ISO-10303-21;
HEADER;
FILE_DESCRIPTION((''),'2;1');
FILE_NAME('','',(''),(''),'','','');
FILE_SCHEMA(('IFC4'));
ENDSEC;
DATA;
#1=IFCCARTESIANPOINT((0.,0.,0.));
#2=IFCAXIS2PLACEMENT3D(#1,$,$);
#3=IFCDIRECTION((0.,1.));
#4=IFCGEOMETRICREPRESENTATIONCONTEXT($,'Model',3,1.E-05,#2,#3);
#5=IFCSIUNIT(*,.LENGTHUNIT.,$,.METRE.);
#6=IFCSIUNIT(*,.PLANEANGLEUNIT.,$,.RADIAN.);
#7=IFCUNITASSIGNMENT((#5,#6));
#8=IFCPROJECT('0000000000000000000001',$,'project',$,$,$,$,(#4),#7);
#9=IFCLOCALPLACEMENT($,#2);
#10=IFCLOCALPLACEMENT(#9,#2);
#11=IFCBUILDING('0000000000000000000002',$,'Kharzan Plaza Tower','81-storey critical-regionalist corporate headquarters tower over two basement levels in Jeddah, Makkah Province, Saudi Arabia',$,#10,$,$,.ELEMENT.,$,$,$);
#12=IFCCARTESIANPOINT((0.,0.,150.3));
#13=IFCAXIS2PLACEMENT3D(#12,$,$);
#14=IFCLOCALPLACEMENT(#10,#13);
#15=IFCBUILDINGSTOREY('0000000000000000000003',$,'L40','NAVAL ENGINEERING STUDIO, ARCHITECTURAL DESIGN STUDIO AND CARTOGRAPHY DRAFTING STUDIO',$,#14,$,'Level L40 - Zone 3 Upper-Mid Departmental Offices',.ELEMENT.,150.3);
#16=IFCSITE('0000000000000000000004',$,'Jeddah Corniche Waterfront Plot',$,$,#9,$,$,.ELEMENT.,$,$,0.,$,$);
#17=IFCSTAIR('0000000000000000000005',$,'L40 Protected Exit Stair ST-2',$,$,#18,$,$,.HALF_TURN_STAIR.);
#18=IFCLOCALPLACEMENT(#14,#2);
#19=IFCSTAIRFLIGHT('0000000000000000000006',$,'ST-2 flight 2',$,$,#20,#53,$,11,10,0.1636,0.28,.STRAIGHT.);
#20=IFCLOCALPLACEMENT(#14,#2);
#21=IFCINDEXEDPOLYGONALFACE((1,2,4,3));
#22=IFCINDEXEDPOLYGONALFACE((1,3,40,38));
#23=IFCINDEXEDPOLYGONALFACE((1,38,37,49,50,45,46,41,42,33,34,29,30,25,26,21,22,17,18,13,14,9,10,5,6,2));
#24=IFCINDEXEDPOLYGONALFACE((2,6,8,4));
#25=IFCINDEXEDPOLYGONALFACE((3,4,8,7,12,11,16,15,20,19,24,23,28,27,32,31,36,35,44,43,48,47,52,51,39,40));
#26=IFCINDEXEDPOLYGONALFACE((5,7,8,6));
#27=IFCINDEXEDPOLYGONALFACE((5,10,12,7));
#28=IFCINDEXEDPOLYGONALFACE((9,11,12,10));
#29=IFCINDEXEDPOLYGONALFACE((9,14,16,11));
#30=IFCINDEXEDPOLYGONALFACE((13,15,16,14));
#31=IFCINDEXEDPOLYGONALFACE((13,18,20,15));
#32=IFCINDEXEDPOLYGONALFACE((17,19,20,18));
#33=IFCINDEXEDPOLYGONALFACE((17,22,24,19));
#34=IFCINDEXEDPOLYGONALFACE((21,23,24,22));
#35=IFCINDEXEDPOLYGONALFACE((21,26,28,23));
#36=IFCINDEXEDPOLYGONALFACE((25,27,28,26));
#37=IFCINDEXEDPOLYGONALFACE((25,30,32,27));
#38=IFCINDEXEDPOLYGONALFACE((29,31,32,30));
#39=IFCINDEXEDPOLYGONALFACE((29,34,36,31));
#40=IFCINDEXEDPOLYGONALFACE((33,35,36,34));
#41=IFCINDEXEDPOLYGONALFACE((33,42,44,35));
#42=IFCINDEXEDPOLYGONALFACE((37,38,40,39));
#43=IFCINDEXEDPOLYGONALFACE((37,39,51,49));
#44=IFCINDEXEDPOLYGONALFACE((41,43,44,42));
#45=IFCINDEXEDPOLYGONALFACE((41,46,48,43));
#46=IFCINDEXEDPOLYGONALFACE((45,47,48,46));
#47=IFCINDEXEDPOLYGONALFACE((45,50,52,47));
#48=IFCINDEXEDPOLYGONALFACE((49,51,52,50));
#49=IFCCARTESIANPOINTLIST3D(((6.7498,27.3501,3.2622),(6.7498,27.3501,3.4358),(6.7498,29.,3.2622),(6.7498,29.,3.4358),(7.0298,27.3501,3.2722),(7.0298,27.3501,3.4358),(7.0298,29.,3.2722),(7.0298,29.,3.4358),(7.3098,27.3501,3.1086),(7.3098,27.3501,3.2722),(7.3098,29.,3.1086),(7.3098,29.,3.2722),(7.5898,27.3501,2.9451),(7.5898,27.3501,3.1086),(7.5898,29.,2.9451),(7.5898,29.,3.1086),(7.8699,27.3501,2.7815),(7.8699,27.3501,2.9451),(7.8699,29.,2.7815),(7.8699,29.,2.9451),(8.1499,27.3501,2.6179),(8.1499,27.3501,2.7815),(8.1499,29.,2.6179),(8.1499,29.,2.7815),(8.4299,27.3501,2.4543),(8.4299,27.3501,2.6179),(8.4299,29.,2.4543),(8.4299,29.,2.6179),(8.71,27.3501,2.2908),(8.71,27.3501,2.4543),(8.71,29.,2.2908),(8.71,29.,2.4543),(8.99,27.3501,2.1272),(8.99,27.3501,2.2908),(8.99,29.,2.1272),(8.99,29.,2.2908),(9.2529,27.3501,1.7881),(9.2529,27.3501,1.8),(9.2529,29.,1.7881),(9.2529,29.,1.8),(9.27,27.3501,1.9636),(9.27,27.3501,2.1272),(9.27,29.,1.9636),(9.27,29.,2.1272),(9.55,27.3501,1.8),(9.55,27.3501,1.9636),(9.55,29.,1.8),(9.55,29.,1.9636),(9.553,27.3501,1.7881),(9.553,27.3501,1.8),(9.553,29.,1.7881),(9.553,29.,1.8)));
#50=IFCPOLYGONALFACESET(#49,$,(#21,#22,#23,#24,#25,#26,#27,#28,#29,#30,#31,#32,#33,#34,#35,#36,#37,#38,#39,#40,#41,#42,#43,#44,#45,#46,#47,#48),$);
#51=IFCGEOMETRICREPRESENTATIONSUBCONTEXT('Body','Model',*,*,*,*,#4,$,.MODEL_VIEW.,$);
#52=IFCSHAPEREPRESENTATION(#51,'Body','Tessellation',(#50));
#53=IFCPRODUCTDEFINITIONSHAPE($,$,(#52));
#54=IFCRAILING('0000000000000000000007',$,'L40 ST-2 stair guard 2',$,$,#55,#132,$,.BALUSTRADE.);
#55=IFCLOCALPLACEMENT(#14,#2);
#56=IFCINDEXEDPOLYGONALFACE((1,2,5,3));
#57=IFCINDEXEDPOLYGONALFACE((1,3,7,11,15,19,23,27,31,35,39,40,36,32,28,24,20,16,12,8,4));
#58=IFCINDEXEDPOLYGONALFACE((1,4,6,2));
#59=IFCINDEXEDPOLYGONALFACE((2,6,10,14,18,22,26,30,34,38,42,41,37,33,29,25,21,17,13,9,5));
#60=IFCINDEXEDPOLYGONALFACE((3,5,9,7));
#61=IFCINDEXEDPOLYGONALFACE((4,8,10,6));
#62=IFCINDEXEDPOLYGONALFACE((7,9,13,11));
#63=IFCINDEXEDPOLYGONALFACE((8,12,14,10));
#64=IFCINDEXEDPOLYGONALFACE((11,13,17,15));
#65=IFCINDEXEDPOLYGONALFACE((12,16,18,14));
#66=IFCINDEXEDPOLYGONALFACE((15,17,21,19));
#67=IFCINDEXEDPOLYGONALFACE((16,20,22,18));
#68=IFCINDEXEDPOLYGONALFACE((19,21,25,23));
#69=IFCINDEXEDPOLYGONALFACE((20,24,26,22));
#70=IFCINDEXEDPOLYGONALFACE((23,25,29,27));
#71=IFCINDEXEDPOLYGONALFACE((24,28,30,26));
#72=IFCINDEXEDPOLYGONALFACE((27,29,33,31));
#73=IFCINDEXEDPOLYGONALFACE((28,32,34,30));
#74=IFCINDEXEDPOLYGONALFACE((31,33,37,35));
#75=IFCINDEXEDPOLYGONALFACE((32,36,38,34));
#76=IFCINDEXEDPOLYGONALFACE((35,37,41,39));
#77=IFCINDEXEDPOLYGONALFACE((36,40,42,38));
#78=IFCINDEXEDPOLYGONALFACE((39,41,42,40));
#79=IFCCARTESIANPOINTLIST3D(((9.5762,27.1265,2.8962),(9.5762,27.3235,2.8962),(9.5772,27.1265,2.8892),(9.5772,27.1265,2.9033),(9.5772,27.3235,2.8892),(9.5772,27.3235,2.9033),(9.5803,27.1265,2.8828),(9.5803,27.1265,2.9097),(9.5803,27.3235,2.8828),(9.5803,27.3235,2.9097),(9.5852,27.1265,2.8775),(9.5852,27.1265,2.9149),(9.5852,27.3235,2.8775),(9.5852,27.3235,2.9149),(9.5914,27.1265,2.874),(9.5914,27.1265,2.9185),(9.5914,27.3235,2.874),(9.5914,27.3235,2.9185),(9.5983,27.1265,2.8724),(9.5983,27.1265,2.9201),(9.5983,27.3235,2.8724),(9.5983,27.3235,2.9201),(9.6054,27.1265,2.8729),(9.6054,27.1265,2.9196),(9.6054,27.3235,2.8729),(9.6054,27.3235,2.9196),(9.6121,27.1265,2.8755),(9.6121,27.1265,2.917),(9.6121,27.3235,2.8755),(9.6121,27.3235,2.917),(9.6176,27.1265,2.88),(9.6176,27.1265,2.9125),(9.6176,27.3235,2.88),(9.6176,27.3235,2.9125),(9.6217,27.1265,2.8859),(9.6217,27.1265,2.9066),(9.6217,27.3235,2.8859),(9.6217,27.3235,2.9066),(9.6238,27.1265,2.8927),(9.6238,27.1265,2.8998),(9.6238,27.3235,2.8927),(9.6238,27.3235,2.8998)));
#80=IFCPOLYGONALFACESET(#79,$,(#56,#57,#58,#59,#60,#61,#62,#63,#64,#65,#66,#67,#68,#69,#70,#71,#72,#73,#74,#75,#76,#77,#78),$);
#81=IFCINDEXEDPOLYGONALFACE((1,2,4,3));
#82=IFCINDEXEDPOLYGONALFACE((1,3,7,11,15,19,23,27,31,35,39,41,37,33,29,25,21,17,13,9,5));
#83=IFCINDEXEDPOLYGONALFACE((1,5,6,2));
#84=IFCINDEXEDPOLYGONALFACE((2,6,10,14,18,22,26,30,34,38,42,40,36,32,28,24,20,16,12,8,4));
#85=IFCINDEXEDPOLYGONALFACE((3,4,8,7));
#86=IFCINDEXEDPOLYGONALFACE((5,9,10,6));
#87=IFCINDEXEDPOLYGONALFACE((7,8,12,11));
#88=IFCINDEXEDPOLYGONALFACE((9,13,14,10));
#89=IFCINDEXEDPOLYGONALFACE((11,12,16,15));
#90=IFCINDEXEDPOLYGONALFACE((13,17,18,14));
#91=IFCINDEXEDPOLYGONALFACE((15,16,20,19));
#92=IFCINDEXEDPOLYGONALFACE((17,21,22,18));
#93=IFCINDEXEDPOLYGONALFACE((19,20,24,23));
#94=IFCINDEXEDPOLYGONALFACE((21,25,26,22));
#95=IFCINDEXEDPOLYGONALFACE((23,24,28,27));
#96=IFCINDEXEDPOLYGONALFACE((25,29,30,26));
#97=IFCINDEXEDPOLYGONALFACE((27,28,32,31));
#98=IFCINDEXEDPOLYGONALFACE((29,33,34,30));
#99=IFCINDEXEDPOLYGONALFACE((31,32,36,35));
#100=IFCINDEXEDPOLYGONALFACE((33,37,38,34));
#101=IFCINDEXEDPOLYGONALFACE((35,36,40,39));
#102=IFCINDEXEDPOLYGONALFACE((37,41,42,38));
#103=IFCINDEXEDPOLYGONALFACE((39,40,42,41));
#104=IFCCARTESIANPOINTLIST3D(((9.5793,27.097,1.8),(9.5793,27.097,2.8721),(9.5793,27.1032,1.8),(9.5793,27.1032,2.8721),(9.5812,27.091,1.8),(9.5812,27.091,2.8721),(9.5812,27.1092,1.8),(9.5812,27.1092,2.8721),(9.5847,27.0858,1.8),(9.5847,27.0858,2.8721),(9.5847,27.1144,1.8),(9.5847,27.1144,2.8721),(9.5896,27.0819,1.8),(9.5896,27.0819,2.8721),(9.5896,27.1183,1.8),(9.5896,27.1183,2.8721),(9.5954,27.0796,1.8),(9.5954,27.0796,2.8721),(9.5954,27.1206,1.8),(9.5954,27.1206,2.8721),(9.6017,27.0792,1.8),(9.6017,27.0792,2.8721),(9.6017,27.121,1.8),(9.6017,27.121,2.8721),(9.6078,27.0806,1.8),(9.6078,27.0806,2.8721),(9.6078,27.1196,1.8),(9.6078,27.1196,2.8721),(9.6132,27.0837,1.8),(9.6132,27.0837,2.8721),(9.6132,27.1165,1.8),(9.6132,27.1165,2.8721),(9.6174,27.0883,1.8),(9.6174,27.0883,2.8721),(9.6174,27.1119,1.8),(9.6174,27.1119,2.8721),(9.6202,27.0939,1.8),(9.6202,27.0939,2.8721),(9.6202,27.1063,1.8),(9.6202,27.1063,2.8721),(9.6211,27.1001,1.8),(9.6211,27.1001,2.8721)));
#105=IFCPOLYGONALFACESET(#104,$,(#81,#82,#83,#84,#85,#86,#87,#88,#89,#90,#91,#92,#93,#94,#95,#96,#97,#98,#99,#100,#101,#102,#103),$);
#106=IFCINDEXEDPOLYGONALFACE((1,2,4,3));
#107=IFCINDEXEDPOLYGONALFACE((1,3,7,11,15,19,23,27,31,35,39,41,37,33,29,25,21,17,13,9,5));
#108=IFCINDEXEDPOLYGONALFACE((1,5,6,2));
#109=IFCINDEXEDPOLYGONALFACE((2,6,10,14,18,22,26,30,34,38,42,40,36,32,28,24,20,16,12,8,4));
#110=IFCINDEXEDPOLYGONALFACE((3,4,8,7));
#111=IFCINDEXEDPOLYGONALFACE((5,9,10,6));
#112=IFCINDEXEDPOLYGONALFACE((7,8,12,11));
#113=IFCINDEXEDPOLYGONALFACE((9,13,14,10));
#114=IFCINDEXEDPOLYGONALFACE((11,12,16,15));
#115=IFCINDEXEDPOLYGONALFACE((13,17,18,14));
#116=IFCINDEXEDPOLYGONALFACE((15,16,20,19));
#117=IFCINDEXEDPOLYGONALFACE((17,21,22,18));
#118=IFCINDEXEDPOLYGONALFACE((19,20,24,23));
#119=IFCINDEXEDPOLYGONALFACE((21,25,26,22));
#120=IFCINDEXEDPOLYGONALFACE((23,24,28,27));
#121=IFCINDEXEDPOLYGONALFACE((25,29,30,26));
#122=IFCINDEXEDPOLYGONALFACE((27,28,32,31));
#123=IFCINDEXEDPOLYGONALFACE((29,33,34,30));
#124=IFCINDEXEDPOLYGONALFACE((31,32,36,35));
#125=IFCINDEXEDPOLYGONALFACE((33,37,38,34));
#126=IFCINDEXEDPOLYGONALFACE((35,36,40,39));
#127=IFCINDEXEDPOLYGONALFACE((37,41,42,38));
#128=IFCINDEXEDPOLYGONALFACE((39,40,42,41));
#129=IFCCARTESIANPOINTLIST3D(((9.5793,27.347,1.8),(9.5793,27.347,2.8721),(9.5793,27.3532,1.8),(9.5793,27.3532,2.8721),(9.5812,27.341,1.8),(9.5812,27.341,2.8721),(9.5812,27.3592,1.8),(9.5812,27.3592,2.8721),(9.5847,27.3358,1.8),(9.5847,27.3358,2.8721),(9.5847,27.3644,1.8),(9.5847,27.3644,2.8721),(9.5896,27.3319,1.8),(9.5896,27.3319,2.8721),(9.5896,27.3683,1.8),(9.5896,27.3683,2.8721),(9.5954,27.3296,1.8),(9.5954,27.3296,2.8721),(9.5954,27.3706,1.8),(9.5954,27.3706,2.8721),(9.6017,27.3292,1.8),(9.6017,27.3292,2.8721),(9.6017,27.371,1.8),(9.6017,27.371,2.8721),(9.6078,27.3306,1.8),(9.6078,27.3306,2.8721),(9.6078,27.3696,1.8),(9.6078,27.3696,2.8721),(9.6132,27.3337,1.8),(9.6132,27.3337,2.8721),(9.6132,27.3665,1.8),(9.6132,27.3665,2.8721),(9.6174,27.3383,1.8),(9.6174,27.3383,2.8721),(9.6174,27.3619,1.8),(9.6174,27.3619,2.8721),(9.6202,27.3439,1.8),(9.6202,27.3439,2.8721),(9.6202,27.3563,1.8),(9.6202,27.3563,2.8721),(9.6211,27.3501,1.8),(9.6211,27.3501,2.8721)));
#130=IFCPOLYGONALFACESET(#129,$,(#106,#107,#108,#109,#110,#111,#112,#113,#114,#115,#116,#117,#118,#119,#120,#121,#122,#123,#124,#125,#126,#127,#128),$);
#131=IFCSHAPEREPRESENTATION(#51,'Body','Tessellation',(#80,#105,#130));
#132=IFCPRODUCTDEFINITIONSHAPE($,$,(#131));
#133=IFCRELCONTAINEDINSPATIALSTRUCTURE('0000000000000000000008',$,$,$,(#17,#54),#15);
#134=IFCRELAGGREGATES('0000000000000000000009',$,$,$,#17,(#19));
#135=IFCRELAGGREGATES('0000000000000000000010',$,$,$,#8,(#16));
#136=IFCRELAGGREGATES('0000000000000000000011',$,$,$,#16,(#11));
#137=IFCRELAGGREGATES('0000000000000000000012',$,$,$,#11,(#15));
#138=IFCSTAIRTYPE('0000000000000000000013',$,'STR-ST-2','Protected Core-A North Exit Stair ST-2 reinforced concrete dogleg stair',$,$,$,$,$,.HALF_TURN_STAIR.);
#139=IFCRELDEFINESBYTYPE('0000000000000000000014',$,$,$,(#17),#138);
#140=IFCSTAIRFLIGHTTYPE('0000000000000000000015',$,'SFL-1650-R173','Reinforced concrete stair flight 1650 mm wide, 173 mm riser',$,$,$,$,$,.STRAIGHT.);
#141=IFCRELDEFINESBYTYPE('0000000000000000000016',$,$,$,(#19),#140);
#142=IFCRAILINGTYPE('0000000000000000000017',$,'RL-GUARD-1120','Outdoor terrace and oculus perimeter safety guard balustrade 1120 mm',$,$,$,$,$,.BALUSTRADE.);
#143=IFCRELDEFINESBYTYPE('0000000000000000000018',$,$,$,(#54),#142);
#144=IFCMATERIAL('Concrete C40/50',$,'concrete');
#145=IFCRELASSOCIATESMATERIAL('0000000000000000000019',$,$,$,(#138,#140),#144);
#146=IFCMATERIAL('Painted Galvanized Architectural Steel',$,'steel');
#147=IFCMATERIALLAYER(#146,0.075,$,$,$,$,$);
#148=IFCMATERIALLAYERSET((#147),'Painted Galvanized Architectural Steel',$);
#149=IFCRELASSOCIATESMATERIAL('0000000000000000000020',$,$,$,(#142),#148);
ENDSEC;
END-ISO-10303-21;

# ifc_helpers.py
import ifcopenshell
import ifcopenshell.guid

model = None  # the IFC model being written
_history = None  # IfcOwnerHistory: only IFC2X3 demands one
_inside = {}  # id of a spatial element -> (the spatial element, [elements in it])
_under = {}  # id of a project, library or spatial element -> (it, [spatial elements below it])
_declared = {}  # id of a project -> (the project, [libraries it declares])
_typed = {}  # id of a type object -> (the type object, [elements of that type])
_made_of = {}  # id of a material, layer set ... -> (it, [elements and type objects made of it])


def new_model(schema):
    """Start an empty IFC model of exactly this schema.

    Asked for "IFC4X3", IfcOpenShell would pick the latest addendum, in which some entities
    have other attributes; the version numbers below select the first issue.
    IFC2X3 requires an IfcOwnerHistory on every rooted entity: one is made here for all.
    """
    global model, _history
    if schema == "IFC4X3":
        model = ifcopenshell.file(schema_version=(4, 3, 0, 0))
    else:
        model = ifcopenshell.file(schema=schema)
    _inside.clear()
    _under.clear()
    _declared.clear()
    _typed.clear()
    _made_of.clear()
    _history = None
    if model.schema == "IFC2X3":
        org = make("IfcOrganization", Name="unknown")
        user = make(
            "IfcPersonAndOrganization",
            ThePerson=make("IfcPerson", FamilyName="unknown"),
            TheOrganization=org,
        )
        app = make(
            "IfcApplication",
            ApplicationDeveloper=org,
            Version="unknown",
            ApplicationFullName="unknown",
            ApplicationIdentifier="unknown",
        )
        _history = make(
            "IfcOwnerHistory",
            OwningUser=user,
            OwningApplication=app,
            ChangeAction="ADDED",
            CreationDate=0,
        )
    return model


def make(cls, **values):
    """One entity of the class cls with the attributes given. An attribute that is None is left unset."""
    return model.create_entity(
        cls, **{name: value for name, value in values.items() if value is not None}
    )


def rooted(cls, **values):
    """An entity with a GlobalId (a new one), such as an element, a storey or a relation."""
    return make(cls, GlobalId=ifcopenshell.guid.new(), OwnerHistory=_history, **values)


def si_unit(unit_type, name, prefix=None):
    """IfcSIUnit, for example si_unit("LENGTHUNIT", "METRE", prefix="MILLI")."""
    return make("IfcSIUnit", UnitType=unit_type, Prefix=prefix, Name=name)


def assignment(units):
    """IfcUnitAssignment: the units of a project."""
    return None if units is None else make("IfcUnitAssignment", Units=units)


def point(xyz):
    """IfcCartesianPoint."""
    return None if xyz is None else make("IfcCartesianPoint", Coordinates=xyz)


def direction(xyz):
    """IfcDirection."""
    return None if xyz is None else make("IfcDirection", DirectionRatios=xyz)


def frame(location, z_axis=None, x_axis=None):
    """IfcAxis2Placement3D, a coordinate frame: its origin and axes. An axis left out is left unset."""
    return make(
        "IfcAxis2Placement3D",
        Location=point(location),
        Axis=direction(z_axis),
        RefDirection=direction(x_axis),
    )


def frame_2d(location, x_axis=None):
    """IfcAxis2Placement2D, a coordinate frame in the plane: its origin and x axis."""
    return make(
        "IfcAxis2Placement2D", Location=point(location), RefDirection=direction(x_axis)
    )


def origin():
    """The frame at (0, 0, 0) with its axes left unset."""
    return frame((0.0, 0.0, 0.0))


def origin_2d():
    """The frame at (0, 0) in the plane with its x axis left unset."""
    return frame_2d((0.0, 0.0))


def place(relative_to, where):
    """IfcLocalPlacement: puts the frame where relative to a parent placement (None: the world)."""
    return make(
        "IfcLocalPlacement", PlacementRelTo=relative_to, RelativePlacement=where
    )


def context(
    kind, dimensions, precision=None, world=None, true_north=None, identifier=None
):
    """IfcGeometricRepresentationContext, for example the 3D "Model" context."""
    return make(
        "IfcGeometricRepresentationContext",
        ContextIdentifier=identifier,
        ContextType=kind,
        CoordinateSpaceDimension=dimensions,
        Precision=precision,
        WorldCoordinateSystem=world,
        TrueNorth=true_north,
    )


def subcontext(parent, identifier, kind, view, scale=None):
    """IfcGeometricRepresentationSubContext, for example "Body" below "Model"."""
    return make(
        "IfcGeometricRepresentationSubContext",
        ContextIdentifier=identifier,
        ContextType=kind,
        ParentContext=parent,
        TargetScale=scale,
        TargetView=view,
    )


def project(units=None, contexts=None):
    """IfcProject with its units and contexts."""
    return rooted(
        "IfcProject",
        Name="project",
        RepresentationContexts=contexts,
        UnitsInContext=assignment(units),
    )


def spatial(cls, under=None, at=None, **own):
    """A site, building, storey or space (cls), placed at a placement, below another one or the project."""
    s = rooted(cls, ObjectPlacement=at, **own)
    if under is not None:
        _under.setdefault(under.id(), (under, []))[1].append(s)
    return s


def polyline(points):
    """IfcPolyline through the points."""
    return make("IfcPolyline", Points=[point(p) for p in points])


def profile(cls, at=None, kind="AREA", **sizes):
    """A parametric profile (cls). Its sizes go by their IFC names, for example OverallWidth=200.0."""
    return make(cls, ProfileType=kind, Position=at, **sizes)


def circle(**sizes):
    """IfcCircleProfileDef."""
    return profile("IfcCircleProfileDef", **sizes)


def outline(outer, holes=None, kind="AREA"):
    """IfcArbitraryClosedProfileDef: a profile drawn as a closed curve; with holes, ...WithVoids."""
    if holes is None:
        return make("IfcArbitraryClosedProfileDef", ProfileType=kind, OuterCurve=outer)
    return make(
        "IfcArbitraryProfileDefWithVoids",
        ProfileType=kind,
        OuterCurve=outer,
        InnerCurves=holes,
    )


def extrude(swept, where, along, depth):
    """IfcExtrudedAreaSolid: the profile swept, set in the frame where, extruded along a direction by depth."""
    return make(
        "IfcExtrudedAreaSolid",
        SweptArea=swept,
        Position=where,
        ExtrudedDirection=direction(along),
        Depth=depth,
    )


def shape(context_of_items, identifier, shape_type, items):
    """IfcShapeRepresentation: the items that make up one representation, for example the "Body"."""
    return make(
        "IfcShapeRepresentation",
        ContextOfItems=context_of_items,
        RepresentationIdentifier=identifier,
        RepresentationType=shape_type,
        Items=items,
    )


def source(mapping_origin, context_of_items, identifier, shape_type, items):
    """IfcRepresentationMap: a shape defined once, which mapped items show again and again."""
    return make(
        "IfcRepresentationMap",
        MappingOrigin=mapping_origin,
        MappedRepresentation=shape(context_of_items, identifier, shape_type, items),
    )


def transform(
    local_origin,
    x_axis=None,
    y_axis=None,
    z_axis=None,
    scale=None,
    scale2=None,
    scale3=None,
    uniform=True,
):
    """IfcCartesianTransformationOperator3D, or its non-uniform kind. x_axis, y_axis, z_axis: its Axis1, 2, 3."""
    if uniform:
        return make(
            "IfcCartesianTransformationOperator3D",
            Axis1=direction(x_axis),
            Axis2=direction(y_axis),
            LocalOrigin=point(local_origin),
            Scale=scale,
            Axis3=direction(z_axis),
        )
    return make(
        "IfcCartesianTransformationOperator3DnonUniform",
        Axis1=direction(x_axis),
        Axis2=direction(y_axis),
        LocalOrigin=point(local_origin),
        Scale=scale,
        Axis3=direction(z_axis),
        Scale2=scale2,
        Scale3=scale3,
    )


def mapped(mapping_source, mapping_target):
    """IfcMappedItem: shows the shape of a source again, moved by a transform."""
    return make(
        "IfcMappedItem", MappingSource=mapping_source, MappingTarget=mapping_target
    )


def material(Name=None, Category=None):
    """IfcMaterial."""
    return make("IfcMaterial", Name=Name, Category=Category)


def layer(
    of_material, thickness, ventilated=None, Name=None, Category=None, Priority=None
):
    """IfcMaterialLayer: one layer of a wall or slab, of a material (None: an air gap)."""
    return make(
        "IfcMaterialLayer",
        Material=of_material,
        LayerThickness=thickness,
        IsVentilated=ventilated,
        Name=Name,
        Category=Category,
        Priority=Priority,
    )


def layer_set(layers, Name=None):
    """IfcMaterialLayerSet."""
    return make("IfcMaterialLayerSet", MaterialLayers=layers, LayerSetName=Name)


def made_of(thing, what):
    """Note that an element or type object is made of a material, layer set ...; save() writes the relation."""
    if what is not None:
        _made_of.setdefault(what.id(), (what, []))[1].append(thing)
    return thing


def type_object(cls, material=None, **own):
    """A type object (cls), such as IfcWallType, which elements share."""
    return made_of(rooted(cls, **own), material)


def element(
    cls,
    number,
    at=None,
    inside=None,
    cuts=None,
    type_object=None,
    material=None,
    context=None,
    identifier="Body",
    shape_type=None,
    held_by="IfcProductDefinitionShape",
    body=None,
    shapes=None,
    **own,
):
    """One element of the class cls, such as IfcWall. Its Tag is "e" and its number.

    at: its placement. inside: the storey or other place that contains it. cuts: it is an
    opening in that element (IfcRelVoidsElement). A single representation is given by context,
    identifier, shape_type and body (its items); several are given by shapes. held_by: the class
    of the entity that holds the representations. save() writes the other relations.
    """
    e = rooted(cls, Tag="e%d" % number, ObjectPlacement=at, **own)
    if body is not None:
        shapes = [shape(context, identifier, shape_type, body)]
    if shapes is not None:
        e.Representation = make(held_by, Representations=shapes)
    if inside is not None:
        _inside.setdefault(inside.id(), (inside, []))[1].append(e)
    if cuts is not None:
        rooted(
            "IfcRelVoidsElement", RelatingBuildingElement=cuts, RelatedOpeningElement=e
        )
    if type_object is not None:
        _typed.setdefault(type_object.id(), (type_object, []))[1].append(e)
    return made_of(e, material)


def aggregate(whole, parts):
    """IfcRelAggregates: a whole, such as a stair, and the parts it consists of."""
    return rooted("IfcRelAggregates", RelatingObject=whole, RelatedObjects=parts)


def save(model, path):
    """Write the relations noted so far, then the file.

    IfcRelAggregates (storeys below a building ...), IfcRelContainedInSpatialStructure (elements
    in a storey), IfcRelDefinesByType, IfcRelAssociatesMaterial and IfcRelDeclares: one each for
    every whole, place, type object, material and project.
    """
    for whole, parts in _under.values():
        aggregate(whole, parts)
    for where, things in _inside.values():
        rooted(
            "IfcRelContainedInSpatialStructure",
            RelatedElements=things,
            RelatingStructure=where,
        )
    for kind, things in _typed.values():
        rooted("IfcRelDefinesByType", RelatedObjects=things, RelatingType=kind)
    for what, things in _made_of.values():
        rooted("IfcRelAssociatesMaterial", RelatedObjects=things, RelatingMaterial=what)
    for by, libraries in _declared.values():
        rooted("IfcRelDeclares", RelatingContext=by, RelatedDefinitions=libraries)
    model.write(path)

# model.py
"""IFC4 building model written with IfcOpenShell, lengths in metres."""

from ifc_helpers import new_model, si_unit, direction, frame, origin, origin_2d, place, context, subcontext, project, spatial, polyline, circle, outline, extrude, source, transform, mapped, material, layer, layer_set, type_object, element, aggregate, save


model = new_model("IFC4")

# Units and contexts
model_context = context("Model", 3, precision=1e-05, world=origin(), true_north=direction((0.0, 1.0)))
body_context = subcontext(model_context, "Body", "Model", "MODEL_VIEW")
ifc_project = project(units=[si_unit("LENGTHUNIT", "METRE"), si_unit("PLANEANGLEUNIT", "RADIAN")], contexts=[model_context])

# Site, building, storey
site_placement = place(None, origin())
site = spatial("IfcSite", under=ifc_project, at=site_placement, Name="Jeddah Corniche Waterfront Plot", CompositionType="ELEMENT", RefElevation=0.0)
building_placement = place(site_placement, origin())
building = spatial("IfcBuilding", under=site, at=building_placement, Name="Kharzan Plaza Tower", Description="81-storey critical-regionalist corporate headquarters tower over two basement levels in Jeddah, Makkah Province, Saudi Arabia", CompositionType="ELEMENT")
storey_placement = place(building_placement, frame((0.0, 0.0, 150.3)))
storey = spatial("IfcBuildingStorey", under=building, at=storey_placement, Name="L40", Description="NAVAL ENGINEERING STUDIO, ARCHITECTURAL DESIGN STUDIO AND CARTOGRAPHY DRAFTING STUDIO", LongName="Level L40 - Zone 3 Upper-Mid Departmental Offices", CompositionType="ELEMENT", Elevation=150.3)

# Shared definitions
ifc_material_1 = material(Name="Concrete C40/50", Category="concrete")

# Stair, stair flight
stair_type = type_object("IfcStairType", Name="STR-ST-2", Description="Protected Core-A North Exit Stair ST-2 reinforced concrete dogleg stair", PredefinedType="HALF_TURN_STAIR", material=ifc_material_1)
stair_placement = place(storey_placement, origin())
stair = element("IfcStair", 1, at=stair_placement, inside=storey, type_object=stair_type, Name="L40 Protected Exit Stair ST-2", PredefinedType="HALF_TURN_STAIR")
stair_flight_type = type_object("IfcStairFlightType", Name="SFL-1650-R173", Description="Reinforced concrete stair flight 1650 mm wide, 173 mm riser", PredefinedType="STRAIGHT", material=ifc_material_1)
shared_shape_1 = source(origin(), body_context, "Body", "SweptSolid", [
    extrude(outline(polyline([(-0.0029, -0.012), (-0.0029, 0.0), (0.0, 0.0), (0.0, 0.1636), (0.28, 0.1636), (0.28, 0.3271), (0.5601, 0.3271), (0.5601, 0.4907), (0.8401, 0.4907), (0.8401, 0.6543), (1.1201, 0.6543), (1.1201, 0.8179), (1.4001, 0.8179), (1.4001, 0.9814), (1.6802, 0.9814), (1.6802, 1.145), (1.9602, 1.145), (1.9602, 1.3086), (2.2402, 1.3086), (2.2402, 1.4722), (2.5203, 1.4722), (2.5203, 1.6357), (2.8003, 1.6357), (2.8003, 1.7993), (2.8003, 1.4622), (0.2971, 0.0), (0.2971, -0.012), (-0.0029, -0.012)])), frame((0.0, 0.825, 0.0), z_axis=(0.0, -1.0, 0.0), x_axis=(1.0, 0.0, 0.0)), (0.0, 0.0, 1.0), 1.6499),
])
stair_flight_placement = place(storey_placement, frame((9.55, 28.175, 1.8), z_axis=(0.0, 0.0, 1.0), x_axis=(-1.0, 0.0, 0.0)))
stair_flight = element("IfcStairFlight", 2, at=stair_flight_placement, type_object=stair_flight_type, Name="ST-2 flight 2", NumberOfRisers=11, NumberOfTreads=10, PredefinedType="STRAIGHT", RiserHeight=0.1636, TreadLength=0.28, context=body_context, shape_type="MappedRepresentation", body=[
    mapped(shared_shape_1, transform((0.0, 0.0, 0.0), x_axis=(1.0, 0.0, 0.0), y_axis=(0.0, 1.0, 0.0), z_axis=(0.0, 0.0, 1.0))),
])
aggregate(stair, [stair_flight])

# Railing
ifc_material_2 = material(Name="Painted Galvanized Architectural Steel", Category="steel")
ifc_layer_1 = layer(ifc_material_2, 0.075)
ifc_layer_set_1 = layer_set([ifc_layer_1], Name="Painted Galvanized Architectural Steel")
railing_type_1 = type_object("IfcRailingType", Name="RL-GUARD-1120", Description="Outdoor terrace and oculus perimeter safety guard balustrade 1120 mm", PredefinedType="BALUSTRADE", material=ifc_layer_set_1)
shared_shape_2 = source(origin(), body_context, "Body", "SweptSolid", [
    extrude(circle(Radius=0.0239, at=origin_2d()), frame((0.0, 0.0264, 1.0962), z_axis=(0.0, 1.0, 0.0), x_axis=(-1.0, 0.0, 0.0)), (0.0, 0.0, 1.0), 0.197),
    extrude(circle(Radius=0.021, at=origin_2d()), origin(), (0.0, 0.0, 1.0), 1.072),
    extrude(circle(Radius=0.021, at=origin_2d()), frame((0.0, 0.25, 0.0)), (0.0, 0.0, 1.0), 1.072),
])
railing_1_placement = place(storey_placement, frame((9.6001, 27.1001, 1.8)))
element("IfcRailing", 3, at=railing_1_placement, inside=storey, type_object=railing_type_1, Name="L40 ST-2 stair guard 2", PredefinedType="BALUSTRADE", context=body_context, shape_type="MappedRepresentation", body=[
    mapped(shared_shape_2, transform((0.0, 0.0, 0.0), x_axis=(1.0, 0.0, 0.0), y_axis=(0.0, 1.0, 0.0), z_axis=(0.0, 0.0, 1.0))),
])

save(model, "model.ifc")
